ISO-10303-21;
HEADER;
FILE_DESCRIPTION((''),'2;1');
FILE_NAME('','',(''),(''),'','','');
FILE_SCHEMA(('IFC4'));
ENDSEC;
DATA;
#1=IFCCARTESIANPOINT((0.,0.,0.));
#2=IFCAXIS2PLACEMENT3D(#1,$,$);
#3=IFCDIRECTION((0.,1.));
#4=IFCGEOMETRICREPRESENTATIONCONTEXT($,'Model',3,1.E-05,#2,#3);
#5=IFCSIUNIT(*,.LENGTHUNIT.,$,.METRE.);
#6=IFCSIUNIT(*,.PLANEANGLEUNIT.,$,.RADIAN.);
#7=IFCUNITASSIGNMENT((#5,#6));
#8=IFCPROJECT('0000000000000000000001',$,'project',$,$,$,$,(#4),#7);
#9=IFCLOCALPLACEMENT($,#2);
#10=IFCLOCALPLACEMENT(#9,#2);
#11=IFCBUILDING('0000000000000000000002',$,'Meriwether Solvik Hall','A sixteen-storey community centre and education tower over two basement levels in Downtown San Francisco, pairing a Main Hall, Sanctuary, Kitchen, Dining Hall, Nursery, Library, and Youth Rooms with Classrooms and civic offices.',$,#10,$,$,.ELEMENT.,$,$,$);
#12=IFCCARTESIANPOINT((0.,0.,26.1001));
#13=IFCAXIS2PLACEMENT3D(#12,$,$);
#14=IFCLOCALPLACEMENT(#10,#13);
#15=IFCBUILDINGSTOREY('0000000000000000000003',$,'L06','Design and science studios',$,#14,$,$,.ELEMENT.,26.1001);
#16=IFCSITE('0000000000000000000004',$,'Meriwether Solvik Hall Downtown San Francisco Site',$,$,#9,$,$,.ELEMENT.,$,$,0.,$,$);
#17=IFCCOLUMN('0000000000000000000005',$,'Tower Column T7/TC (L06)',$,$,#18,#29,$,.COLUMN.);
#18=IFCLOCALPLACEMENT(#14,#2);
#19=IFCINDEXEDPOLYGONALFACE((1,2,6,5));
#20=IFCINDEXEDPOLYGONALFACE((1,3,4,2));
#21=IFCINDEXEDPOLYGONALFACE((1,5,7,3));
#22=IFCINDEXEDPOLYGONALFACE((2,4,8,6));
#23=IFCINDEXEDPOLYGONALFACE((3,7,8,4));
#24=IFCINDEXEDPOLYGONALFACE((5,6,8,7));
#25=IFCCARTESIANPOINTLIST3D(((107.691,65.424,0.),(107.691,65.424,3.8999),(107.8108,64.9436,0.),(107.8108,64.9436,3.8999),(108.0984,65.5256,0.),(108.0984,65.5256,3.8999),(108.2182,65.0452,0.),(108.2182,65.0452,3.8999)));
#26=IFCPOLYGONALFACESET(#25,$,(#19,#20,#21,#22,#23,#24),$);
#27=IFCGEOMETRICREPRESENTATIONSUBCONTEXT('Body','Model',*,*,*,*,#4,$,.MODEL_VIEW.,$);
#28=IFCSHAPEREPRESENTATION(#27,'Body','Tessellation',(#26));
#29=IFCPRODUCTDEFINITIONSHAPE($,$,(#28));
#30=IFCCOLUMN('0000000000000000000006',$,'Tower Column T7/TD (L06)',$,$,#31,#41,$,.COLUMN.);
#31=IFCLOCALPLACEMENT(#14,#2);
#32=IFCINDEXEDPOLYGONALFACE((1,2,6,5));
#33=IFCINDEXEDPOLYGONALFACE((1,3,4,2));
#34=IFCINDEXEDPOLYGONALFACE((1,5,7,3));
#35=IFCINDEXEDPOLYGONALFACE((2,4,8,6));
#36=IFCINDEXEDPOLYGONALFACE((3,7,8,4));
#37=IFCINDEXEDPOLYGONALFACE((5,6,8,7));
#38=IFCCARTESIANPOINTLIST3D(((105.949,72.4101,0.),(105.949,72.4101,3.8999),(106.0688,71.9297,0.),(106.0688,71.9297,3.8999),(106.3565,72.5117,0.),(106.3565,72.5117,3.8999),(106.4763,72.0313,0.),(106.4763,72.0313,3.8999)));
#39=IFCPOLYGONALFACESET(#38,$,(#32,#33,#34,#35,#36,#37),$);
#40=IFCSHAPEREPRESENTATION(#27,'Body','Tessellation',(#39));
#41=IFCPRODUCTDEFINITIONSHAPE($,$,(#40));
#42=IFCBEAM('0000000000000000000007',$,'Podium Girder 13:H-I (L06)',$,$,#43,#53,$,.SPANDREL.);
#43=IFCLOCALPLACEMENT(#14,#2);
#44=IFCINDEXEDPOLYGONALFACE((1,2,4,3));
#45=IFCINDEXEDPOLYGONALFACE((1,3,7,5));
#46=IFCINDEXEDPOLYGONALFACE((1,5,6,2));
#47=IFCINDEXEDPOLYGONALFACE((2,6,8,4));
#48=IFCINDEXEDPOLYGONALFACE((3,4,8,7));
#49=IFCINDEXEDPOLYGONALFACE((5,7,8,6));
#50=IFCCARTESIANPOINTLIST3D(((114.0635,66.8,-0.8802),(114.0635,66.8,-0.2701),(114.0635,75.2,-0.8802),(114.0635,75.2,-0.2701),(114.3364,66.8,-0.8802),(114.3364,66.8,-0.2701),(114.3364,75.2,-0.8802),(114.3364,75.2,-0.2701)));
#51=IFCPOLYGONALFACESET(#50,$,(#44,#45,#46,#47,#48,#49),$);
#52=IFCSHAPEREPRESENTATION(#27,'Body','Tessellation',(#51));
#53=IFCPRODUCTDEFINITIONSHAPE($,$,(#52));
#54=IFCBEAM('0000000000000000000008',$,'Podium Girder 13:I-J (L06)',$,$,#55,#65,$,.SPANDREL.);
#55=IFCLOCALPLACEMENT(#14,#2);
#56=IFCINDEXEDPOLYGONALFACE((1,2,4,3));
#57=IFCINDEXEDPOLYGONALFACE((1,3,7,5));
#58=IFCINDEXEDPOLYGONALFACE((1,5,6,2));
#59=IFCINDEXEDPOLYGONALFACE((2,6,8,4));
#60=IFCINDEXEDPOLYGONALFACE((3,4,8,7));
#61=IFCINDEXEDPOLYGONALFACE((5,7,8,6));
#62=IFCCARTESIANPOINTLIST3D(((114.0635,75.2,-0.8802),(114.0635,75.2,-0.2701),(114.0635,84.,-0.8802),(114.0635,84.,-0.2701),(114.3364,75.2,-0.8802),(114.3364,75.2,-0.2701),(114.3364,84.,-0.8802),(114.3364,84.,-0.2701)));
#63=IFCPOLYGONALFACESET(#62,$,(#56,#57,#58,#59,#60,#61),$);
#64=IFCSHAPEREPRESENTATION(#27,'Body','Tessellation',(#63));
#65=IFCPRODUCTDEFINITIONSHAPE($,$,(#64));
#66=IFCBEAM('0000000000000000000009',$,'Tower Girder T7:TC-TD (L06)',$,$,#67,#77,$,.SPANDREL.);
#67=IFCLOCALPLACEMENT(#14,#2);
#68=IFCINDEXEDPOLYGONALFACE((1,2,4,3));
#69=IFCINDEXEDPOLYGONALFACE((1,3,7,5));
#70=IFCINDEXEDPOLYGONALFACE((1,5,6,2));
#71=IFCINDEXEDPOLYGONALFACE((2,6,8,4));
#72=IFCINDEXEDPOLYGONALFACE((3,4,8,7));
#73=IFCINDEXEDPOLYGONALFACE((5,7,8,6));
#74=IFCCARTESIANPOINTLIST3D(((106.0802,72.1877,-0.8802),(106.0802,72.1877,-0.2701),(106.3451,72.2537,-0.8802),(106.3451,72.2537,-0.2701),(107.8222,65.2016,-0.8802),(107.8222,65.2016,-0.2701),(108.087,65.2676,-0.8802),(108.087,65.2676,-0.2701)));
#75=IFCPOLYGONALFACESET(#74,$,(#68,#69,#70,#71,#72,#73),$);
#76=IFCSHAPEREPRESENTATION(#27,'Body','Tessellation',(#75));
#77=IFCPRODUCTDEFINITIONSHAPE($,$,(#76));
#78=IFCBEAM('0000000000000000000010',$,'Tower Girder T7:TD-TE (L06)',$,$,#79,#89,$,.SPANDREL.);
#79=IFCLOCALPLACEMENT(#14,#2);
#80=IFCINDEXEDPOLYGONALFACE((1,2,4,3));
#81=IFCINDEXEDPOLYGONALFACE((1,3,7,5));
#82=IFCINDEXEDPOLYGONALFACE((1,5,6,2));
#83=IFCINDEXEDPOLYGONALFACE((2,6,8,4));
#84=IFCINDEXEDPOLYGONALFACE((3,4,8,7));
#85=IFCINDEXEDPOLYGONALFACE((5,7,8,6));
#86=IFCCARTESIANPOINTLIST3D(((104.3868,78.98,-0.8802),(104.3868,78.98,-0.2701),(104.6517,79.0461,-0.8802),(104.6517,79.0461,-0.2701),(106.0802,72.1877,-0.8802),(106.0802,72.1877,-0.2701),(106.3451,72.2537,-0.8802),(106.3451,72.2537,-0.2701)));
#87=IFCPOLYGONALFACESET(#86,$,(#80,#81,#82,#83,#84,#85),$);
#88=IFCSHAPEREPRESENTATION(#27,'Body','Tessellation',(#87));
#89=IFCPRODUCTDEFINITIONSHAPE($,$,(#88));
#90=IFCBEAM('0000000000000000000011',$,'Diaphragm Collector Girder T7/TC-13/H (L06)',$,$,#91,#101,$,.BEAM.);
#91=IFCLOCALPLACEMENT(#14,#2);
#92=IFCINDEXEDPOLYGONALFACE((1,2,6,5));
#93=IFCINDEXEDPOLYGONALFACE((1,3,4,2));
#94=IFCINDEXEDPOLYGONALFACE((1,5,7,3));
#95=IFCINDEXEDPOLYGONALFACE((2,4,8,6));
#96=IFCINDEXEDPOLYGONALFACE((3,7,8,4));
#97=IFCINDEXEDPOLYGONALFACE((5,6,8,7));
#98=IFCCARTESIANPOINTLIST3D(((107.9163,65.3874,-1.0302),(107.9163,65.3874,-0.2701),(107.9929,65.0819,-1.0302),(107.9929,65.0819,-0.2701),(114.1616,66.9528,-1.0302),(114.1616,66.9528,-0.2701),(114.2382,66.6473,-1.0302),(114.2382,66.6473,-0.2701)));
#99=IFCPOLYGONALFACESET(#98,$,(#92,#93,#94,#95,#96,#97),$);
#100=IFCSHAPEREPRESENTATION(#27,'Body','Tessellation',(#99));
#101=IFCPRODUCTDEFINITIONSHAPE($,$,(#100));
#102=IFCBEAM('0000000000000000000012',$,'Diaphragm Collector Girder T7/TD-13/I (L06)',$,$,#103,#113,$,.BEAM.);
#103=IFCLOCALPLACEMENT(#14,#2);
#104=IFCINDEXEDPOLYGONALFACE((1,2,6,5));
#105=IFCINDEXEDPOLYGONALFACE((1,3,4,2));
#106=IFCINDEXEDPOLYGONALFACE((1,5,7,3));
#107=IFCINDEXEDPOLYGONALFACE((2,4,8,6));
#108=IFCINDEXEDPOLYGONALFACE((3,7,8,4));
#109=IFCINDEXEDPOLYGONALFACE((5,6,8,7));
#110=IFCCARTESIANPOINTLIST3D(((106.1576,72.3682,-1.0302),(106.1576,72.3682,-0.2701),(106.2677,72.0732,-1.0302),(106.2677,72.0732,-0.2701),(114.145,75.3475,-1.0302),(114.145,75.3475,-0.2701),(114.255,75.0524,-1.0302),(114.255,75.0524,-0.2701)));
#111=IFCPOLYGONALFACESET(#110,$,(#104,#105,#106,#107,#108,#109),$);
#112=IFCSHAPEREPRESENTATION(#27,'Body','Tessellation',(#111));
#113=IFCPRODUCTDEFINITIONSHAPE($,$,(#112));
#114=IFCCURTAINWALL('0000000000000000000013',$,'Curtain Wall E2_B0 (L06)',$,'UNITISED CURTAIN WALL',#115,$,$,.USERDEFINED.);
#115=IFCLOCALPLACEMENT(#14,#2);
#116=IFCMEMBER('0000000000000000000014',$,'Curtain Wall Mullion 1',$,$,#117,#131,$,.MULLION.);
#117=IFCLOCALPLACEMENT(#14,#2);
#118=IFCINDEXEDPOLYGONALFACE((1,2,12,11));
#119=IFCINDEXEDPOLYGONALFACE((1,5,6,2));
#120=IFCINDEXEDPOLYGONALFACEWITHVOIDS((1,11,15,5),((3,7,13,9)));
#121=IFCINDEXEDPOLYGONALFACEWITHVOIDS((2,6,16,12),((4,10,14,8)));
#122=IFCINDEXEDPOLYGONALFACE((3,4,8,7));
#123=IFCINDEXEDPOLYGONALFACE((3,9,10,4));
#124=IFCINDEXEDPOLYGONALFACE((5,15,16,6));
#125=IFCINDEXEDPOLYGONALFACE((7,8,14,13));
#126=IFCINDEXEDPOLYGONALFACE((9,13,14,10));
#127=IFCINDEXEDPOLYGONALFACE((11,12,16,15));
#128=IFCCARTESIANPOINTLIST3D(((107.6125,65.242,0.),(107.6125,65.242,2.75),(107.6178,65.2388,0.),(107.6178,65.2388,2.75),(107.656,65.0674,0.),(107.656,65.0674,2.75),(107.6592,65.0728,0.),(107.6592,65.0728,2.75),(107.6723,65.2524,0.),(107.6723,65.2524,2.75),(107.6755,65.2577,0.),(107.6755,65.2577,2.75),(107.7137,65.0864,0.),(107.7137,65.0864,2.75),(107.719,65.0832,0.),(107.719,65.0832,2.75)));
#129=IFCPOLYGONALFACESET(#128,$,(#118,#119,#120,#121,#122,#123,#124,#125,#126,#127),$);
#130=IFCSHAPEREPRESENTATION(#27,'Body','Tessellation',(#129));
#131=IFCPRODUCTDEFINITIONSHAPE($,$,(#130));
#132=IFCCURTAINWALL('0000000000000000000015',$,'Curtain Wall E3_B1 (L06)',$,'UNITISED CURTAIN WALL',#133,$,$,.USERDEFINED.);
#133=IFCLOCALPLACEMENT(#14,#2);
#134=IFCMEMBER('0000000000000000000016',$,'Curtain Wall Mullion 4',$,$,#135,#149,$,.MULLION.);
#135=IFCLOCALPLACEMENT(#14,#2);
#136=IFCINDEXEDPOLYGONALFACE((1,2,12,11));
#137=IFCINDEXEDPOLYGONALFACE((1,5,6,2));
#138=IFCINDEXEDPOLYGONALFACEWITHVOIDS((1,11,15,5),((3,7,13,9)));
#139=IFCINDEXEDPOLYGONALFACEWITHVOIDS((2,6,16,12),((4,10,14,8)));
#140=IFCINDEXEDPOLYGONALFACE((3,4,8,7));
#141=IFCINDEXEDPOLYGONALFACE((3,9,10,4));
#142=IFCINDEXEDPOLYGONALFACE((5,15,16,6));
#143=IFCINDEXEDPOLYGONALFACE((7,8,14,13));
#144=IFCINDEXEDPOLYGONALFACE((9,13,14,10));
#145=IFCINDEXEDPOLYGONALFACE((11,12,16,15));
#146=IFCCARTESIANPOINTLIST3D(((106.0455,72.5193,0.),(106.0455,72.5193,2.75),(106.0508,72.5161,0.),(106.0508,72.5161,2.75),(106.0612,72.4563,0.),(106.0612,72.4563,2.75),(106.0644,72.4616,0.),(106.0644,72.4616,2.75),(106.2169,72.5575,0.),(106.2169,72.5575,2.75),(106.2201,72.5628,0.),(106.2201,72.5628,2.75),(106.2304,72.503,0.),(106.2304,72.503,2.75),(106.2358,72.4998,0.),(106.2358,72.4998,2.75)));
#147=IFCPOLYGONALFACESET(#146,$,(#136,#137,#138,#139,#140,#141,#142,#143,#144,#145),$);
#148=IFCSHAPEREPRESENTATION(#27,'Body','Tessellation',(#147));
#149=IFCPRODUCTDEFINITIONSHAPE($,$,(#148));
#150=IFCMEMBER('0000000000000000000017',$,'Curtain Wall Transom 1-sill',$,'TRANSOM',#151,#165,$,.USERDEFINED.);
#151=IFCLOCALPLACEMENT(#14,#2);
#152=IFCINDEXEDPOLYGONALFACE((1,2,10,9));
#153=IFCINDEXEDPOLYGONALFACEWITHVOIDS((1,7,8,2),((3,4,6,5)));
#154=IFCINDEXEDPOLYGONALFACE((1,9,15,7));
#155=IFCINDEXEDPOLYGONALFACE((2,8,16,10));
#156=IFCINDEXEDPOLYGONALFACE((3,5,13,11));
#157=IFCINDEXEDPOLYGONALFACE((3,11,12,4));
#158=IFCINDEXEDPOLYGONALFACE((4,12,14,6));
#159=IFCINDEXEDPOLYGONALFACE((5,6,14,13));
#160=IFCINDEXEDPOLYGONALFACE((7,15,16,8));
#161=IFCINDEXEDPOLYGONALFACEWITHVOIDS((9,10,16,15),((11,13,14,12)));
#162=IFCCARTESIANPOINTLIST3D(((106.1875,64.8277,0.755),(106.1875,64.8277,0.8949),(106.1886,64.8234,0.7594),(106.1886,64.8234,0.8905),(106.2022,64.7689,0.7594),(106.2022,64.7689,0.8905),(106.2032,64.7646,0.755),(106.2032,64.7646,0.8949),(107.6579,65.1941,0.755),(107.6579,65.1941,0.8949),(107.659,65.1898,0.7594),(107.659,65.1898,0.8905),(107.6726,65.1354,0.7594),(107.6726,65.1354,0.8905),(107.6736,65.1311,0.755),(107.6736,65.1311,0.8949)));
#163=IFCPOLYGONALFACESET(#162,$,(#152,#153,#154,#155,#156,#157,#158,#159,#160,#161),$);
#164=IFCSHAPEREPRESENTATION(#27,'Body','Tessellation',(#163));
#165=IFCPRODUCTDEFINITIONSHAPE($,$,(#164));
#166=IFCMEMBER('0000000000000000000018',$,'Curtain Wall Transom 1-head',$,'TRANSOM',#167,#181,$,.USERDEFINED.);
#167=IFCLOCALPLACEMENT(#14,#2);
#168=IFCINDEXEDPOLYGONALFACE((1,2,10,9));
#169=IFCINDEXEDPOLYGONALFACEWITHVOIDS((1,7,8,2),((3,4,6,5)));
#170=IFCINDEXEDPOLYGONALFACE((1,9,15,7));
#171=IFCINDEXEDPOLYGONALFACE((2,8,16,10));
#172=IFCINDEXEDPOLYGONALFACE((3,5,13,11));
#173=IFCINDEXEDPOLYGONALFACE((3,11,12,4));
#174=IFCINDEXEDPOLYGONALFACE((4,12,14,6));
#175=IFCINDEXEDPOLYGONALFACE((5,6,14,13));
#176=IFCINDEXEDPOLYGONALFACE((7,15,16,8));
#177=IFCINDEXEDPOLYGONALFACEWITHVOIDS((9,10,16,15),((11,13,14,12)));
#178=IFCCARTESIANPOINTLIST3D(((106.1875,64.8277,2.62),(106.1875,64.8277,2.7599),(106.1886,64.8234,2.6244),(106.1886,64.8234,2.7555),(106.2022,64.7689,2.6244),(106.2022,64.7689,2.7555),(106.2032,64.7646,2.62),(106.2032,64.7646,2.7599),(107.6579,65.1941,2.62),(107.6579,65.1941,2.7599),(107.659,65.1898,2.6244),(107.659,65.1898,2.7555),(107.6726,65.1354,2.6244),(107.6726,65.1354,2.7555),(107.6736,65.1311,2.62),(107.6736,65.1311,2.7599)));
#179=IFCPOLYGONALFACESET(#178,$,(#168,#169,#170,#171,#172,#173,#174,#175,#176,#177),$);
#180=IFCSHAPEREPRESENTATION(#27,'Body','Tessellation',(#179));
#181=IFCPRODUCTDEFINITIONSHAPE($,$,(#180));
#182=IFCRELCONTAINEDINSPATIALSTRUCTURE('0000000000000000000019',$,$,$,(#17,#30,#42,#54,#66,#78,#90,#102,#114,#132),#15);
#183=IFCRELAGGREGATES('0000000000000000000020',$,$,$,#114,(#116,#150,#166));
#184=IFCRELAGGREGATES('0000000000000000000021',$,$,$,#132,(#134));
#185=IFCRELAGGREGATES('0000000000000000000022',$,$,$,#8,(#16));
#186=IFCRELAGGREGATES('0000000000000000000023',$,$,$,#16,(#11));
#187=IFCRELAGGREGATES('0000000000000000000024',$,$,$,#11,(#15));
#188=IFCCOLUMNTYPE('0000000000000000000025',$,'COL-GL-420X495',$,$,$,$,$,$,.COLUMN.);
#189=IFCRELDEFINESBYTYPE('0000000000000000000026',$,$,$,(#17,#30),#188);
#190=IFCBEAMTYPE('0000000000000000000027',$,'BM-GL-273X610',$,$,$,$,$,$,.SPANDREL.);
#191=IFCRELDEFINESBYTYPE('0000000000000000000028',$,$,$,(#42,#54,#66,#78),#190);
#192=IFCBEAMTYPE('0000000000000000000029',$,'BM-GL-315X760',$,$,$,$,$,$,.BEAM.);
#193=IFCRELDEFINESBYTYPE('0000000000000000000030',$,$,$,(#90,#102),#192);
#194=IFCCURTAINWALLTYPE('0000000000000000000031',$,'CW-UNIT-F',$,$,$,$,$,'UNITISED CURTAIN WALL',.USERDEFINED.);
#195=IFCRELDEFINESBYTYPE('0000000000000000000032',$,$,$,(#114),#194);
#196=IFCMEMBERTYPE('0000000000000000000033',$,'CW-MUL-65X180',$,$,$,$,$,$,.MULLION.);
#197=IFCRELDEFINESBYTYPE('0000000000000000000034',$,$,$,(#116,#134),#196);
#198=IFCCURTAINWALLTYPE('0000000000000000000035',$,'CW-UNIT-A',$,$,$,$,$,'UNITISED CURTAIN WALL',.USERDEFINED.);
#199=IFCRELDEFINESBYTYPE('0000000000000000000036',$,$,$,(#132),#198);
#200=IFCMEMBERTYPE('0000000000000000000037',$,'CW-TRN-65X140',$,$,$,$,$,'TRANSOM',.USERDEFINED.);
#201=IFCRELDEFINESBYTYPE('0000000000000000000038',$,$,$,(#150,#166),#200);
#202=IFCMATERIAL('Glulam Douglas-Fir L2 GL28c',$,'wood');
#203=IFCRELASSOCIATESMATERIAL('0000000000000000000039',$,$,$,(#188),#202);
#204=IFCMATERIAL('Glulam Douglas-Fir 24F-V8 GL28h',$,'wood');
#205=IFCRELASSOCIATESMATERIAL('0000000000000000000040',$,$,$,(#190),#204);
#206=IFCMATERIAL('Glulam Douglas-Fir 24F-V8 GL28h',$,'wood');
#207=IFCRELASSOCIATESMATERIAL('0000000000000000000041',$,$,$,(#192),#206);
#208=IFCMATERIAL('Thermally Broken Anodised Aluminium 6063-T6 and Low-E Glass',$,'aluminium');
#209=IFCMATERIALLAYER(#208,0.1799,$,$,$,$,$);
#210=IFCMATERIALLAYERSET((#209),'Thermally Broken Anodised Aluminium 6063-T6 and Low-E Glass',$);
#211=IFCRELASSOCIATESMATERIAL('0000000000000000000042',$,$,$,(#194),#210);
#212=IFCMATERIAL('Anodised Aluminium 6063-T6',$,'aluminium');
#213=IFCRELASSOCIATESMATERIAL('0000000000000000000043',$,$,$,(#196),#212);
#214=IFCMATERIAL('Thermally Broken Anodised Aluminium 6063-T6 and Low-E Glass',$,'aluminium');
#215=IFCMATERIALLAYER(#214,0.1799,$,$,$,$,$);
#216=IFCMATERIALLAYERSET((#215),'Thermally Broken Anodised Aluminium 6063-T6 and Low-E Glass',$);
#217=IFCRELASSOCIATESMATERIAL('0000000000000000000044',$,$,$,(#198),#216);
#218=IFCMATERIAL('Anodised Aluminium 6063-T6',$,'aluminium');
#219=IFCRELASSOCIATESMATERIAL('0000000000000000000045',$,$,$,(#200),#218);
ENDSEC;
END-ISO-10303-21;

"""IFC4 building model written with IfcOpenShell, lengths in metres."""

from ifc_helpers import new_model, si_unit, direction, frame, origin, origin_2d, place, context, subcontext, project, spatial, rectangle, hollow_rectangle, extrude, material, layer, layer_set, material_profile, profile_set, type_object, element, aggregate, save


model = new_model("IFC4")

# Units and contexts
model_context = context("Model", 3, precision=1e-05, world=origin(), true_north=direction((0.0, 1.0)))
body_context = subcontext(model_context, "Body", "Model", "MODEL_VIEW")
ifc_project = project(units=[si_unit("LENGTHUNIT", "METRE"), si_unit("PLANEANGLEUNIT", "RADIAN")], contexts=[model_context])

# Site, building, storey
site_placement = place(None, origin())
site = spatial("IfcSite", under=ifc_project, at=site_placement, Name="Meriwether Solvik Hall Downtown San Francisco Site", CompositionType="ELEMENT", RefElevation=0.0)
building_placement = place(site_placement, origin())
building = spatial("IfcBuilding", under=site, at=building_placement, Name="Meriwether Solvik Hall", Description="A sixteen-storey community centre and education tower over two basement levels in Downtown San Francisco, pairing a Main Hall, Sanctuary, Kitchen, Dining Hall, Nursery, Library, and Youth Rooms with Classrooms and civic offices.", CompositionType="ELEMENT")
storey_placement = place(building_placement, frame((0.0, 0.0, 26.1001)))
storey = spatial("IfcBuildingStorey", under=building, at=storey_placement, Name="L06", Description="Design and science studios", CompositionType="ELEMENT", Elevation=26.1001)

# Columns
ifc_material_1 = material(Name="Glulam Douglas-Fir L2 GL28c", Category="wood")
ifc_material_profile_1 = material_profile(ifc_material_1, rectangle(XDim=0.4199, YDim=0.4951, at=origin_2d()), Name="GLC-420X495")
ifc_profile_set_1 = profile_set([ifc_material_profile_1], Name="Glulam Douglas-Fir L2 GL28c")
column_type = type_object("IfcColumnType", Name="COL-GL-420X495", PredefinedType="COLUMN", material=ifc_profile_set_1)
for number, where, z_axis, x_axis, name in (
    (1, (107.9546, 65.2346, 0.0), (0.0, 0.0, 1.0), (0.970296, 0.241922, 0.0), "Tower Column T7/TC (L06)"),
    (2, (106.2126, 72.2207, 0.0), (0.0, 0.0, 1.0), (0.970296, 0.241922, 0.0), "Tower Column T7/TD (L06)"),
):
    element("IfcColumn", number, at=place(storey_placement, frame(where, z_axis=z_axis, x_axis=x_axis)), inside=storey, type_object=column_type, Name=name, PredefinedType="COLUMN", context=body_context, shape_type="SweptSolid", body=[
        extrude(rectangle(XDim=0.4199, YDim=0.4951, at=origin_2d()), origin(), (0.0, 0.0, 1.0), 3.8999),
    ])

# Beams
ifc_material_2 = material(Name="Glulam Douglas-Fir 24F-V8 GL28h", Category="wood")
ifc_material_profile_2 = material_profile(ifc_material_2, rectangle(XDim=0.2729, YDim=0.6101, at=origin_2d()), Name="GLB-273X610")
ifc_profile_set_2 = profile_set([ifc_material_profile_2], Name="Glulam Douglas-Fir 24F-V8 GL28h")
beam_type_1 = type_object("IfcBeamType", Name="BM-GL-273X610", PredefinedType="SPANDREL", material=ifc_profile_set_2)
beam_1_placement = place(storey_placement, frame((114.2, 66.8, -0.5752), z_axis=(0.0, 1.0, 0.0), x_axis=(-1.0, 0.0, 0.0)))
element("IfcBeam", 3, at=beam_1_placement, inside=storey, type_object=beam_type_1, Name="Podium Girder 13:H-I (L06)", PredefinedType="SPANDREL", context=body_context, shape_type="SweptSolid", body=[
    extrude(rectangle(XDim=0.2729, YDim=0.6101, at=origin_2d()), origin(), (0.0, 0.0, 1.0), 8.3999),
])
beam_2_placement = place(storey_placement, frame((114.2, 75.2, -0.5752), z_axis=(0.0, 1.0, 0.0), x_axis=(-1.0, 0.0, 0.0)))
element("IfcBeam", 4, at=beam_2_placement, inside=storey, type_object=beam_type_1, Name="Podium Girder 13:I-J (L06)", PredefinedType="SPANDREL", context=body_context, shape_type="SweptSolid", body=[
    extrude(rectangle(XDim=0.2729, YDim=0.6101, at=origin_2d()), origin(), (0.0, 0.0, 1.0), 8.8),
])
beam_3_placement = place(storey_placement, frame((107.9546, 65.2346, -0.5752), z_axis=(-0.241937, 0.970292, 0.0), x_axis=(-0.970292, -0.241937, 0.0)))
element("IfcBeam", 5, at=beam_3_placement, inside=storey, type_object=beam_type_1, Name="Tower Girder T7:TC-TD (L06)", PredefinedType="SPANDREL", context=body_context, shape_type="SweptSolid", body=[
    extrude(rectangle(XDim=0.2729, YDim=0.6101, at=origin_2d()), origin(), (0.0, 0.0, 1.0), 7.2),
])
beam_4_placement = place(storey_placement, frame((106.2126, 72.2207, -0.5752), z_axis=(-0.241904, 0.9703, 0.0), x_axis=(-0.9703, -0.241904, 0.0)))
element("IfcBeam", 6, at=beam_4_placement, inside=storey, type_object=beam_type_1, Name="Tower Girder T7:TD-TE (L06)", PredefinedType="SPANDREL", context=body_context, shape_type="SweptSolid", body=[
    extrude(rectangle(XDim=0.2729, YDim=0.6101, at=origin_2d()), origin(), (0.0, 0.0, 1.0), 7.0002),
])
ifc_material_3 = material(Name="Glulam Douglas-Fir 24F-V8 GL28h", Category="wood")
ifc_material_profile_3 = material_profile(ifc_material_3, rectangle(XDim=0.3149, YDim=0.76, at=origin_2d()), Name="GLB-315X760")
ifc_profile_set_3 = profile_set([ifc_material_profile_3], Name="Glulam Douglas-Fir 24F-V8 GL28h")
beam_type_2 = type_object("IfcBeamType", Name="BM-GL-315X760", PredefinedType="BEAM", material=ifc_profile_set_3)
beam_5_placement = place(storey_placement, frame((107.9546, 65.2346, -0.6501), z_axis=(0.969993, 0.243133, 0.0), x_axis=(-0.243133, 0.969993, 0.0)))
element("IfcBeam", 7, at=beam_5_placement, inside=storey, type_object=beam_type_2, Name="Diaphragm Collector Girder T7/TC-13/H (L06)", PredefinedType="BEAM", context=body_context, shape_type="SweptSolid", body=[
    extrude(rectangle(XDim=0.3149, YDim=0.76, at=origin_2d()), origin(), (0.0, 0.0, 1.0), 6.4385),
])
beam_6_placement = place(storey_placement, frame((106.2126, 72.2207, -0.6501), z_axis=(0.936944, 0.349478, 0.0), x_axis=(-0.349478, 0.936944, 0.0)))
element("IfcBeam", 8, at=beam_6_placement, inside=storey, type_object=beam_type_2, Name="Diaphragm Collector Girder T7/TD-13/I (L06)", PredefinedType="BEAM", context=body_context, shape_type="SweptSolid", body=[
    extrude(rectangle(XDim=0.3149, YDim=0.76, at=origin_2d()), origin(), (0.0, 0.0, 1.0), 8.5249),
])

# Curtain walls, members
ifc_material_4 = material(Name="Thermally Broken Anodised Aluminium 6063-T6 and Low-E Glass", Category="aluminium")
ifc_layer_1 = layer(ifc_material_4, 0.1799)
ifc_layer_set_1 = layer_set([ifc_layer_1], Name="Thermally Broken Anodised Aluminium 6063-T6 and Low-E Glass")
curtain_wall_type_1 = type_object("IfcCurtainWallType", Name="CW-UNIT-F", ElementType="UNITISED CURTAIN WALL", PredefinedType="USERDEFINED", material=ifc_layer_set_1)
curtain_wall_1_placement = place(storey_placement, origin())
curtain_wall_1 = element("IfcCurtainWall", 9, at=curtain_wall_1_placement, inside=storey, type_object=curtain_wall_type_1, Name="Curtain Wall E2_B0 (L06)", ObjectType="UNITISED CURTAIN WALL", PredefinedType="USERDEFINED")
ifc_material_5 = material(Name="Anodised Aluminium 6063-T6", Category="aluminium")
ifc_material_profile_4 = material_profile(ifc_material_5, hollow_rectangle(XDim=0.0649, YDim=0.1799, WallThickness=0.0044, at=origin_2d()), Name="CWM-65X180")
ifc_profile_set_4 = profile_set([ifc_material_profile_4], Name="Anodised Aluminium 6063-T6")
member_type_1 = type_object("IfcMemberType", Name="CW-MUL-65X180", PredefinedType="MULLION", material=ifc_profile_set_4)
member_1_placement = place(storey_placement, frame((107.6658, 65.1626, 0.0), z_axis=(0.0, 0.0, 1.0), x_axis=(-0.970296, -0.241922, 0.0)))
member_1 = element("IfcMember", 10, at=member_1_placement, type_object=member_type_1, Name="Curtain Wall Mullion 1", PredefinedType="MULLION", context=body_context, shape_type="SweptSolid", body=[
    extrude(hollow_rectangle(XDim=0.0649, YDim=0.1799, WallThickness=0.0044, at=origin_2d()), origin(), (0.0, 0.0, 1.0), 2.75),
])
ifc_material_6 = material(Name="Thermally Broken Anodised Aluminium 6063-T6 and Low-E Glass", Category="aluminium")
ifc_layer_2 = layer(ifc_material_6, 0.1799)
ifc_layer_set_2 = layer_set([ifc_layer_2], Name="Thermally Broken Anodised Aluminium 6063-T6 and Low-E Glass")
curtain_wall_type_2 = type_object("IfcCurtainWallType", Name="CW-UNIT-A", ElementType="UNITISED CURTAIN WALL", PredefinedType="USERDEFINED", material=ifc_layer_set_2)
curtain_wall_2_placement = place(storey_placement, origin())
curtain_wall_2 = element("IfcCurtainWall", 11, at=curtain_wall_2_placement, inside=storey, type_object=curtain_wall_type_2, Name="Curtain Wall E3_B1 (L06)", ObjectType="UNITISED CURTAIN WALL", PredefinedType="USERDEFINED")
member_2_placement = place(storey_placement, frame((106.1406, 72.5095, 0.0), z_axis=(0.0, 0.0, 1.0), x_axis=(0.241922, -0.970296, 0.0)))
member_2 = element("IfcMember", 12, at=member_2_placement, type_object=member_type_1, Name="Curtain Wall Mullion 4", PredefinedType="MULLION", context=body_context, shape_type="SweptSolid", body=[
    extrude(hollow_rectangle(XDim=0.0649, YDim=0.1799, WallThickness=0.0044, at=origin_2d()), origin(), (0.0, 0.0, 1.0), 2.75),
])

# Members
ifc_material_7 = material(Name="Anodised Aluminium 6063-T6", Category="aluminium")
ifc_material_profile_5 = material_profile(ifc_material_7, hollow_rectangle(XDim=0.0649, YDim=0.1399, WallThickness=0.0044, at=origin_2d()), Name="CWT-65X140")
ifc_profile_set_5 = profile_set([ifc_material_profile_5], Name="Anodised Aluminium 6063-T6")
member_type_2 = type_object("IfcMemberType", Name="CW-TRN-65X140", ElementType="TRANSOM", PredefinedType="USERDEFINED", material=ifc_profile_set_5)
member_3_placement = place(storey_placement, frame((107.6658, 65.1626, 0.825), z_axis=(-0.970322, -0.241815, 0.0), x_axis=(0.241815, -0.970322, 0.0)))
member_3 = element("IfcMember", 13, at=member_3_placement, type_object=member_type_2, Name="Curtain Wall Transom 1-sill", ObjectType="TRANSOM", PredefinedType="USERDEFINED", context=body_context, shape_type="SweptSolid", body=[
    extrude(hollow_rectangle(XDim=0.0649, YDim=0.1399, WallThickness=0.0044, at=origin_2d()), origin(), (0.0, 0.0, 1.0), 1.5154),
])
member_4_placement = place(storey_placement, frame((107.6658, 65.1626, 2.6899), z_axis=(-0.970322, -0.241815, 0.0), x_axis=(0.241815, -0.970322, 0.0)))
member_4 = element("IfcMember", 14, at=member_4_placement, type_object=member_type_2, Name="Curtain Wall Transom 1-head", ObjectType="TRANSOM", PredefinedType="USERDEFINED", context=body_context, shape_type="SweptSolid", body=[
    extrude(hollow_rectangle(XDim=0.0649, YDim=0.1399, WallThickness=0.0044, at=origin_2d()), origin(), (0.0, 0.0, 1.0), 1.5154),
])

aggregate(curtain_wall_1, [member_1, member_3, member_4])
aggregate(curtain_wall_2, [member_2])

save(model, "model.ifc")
